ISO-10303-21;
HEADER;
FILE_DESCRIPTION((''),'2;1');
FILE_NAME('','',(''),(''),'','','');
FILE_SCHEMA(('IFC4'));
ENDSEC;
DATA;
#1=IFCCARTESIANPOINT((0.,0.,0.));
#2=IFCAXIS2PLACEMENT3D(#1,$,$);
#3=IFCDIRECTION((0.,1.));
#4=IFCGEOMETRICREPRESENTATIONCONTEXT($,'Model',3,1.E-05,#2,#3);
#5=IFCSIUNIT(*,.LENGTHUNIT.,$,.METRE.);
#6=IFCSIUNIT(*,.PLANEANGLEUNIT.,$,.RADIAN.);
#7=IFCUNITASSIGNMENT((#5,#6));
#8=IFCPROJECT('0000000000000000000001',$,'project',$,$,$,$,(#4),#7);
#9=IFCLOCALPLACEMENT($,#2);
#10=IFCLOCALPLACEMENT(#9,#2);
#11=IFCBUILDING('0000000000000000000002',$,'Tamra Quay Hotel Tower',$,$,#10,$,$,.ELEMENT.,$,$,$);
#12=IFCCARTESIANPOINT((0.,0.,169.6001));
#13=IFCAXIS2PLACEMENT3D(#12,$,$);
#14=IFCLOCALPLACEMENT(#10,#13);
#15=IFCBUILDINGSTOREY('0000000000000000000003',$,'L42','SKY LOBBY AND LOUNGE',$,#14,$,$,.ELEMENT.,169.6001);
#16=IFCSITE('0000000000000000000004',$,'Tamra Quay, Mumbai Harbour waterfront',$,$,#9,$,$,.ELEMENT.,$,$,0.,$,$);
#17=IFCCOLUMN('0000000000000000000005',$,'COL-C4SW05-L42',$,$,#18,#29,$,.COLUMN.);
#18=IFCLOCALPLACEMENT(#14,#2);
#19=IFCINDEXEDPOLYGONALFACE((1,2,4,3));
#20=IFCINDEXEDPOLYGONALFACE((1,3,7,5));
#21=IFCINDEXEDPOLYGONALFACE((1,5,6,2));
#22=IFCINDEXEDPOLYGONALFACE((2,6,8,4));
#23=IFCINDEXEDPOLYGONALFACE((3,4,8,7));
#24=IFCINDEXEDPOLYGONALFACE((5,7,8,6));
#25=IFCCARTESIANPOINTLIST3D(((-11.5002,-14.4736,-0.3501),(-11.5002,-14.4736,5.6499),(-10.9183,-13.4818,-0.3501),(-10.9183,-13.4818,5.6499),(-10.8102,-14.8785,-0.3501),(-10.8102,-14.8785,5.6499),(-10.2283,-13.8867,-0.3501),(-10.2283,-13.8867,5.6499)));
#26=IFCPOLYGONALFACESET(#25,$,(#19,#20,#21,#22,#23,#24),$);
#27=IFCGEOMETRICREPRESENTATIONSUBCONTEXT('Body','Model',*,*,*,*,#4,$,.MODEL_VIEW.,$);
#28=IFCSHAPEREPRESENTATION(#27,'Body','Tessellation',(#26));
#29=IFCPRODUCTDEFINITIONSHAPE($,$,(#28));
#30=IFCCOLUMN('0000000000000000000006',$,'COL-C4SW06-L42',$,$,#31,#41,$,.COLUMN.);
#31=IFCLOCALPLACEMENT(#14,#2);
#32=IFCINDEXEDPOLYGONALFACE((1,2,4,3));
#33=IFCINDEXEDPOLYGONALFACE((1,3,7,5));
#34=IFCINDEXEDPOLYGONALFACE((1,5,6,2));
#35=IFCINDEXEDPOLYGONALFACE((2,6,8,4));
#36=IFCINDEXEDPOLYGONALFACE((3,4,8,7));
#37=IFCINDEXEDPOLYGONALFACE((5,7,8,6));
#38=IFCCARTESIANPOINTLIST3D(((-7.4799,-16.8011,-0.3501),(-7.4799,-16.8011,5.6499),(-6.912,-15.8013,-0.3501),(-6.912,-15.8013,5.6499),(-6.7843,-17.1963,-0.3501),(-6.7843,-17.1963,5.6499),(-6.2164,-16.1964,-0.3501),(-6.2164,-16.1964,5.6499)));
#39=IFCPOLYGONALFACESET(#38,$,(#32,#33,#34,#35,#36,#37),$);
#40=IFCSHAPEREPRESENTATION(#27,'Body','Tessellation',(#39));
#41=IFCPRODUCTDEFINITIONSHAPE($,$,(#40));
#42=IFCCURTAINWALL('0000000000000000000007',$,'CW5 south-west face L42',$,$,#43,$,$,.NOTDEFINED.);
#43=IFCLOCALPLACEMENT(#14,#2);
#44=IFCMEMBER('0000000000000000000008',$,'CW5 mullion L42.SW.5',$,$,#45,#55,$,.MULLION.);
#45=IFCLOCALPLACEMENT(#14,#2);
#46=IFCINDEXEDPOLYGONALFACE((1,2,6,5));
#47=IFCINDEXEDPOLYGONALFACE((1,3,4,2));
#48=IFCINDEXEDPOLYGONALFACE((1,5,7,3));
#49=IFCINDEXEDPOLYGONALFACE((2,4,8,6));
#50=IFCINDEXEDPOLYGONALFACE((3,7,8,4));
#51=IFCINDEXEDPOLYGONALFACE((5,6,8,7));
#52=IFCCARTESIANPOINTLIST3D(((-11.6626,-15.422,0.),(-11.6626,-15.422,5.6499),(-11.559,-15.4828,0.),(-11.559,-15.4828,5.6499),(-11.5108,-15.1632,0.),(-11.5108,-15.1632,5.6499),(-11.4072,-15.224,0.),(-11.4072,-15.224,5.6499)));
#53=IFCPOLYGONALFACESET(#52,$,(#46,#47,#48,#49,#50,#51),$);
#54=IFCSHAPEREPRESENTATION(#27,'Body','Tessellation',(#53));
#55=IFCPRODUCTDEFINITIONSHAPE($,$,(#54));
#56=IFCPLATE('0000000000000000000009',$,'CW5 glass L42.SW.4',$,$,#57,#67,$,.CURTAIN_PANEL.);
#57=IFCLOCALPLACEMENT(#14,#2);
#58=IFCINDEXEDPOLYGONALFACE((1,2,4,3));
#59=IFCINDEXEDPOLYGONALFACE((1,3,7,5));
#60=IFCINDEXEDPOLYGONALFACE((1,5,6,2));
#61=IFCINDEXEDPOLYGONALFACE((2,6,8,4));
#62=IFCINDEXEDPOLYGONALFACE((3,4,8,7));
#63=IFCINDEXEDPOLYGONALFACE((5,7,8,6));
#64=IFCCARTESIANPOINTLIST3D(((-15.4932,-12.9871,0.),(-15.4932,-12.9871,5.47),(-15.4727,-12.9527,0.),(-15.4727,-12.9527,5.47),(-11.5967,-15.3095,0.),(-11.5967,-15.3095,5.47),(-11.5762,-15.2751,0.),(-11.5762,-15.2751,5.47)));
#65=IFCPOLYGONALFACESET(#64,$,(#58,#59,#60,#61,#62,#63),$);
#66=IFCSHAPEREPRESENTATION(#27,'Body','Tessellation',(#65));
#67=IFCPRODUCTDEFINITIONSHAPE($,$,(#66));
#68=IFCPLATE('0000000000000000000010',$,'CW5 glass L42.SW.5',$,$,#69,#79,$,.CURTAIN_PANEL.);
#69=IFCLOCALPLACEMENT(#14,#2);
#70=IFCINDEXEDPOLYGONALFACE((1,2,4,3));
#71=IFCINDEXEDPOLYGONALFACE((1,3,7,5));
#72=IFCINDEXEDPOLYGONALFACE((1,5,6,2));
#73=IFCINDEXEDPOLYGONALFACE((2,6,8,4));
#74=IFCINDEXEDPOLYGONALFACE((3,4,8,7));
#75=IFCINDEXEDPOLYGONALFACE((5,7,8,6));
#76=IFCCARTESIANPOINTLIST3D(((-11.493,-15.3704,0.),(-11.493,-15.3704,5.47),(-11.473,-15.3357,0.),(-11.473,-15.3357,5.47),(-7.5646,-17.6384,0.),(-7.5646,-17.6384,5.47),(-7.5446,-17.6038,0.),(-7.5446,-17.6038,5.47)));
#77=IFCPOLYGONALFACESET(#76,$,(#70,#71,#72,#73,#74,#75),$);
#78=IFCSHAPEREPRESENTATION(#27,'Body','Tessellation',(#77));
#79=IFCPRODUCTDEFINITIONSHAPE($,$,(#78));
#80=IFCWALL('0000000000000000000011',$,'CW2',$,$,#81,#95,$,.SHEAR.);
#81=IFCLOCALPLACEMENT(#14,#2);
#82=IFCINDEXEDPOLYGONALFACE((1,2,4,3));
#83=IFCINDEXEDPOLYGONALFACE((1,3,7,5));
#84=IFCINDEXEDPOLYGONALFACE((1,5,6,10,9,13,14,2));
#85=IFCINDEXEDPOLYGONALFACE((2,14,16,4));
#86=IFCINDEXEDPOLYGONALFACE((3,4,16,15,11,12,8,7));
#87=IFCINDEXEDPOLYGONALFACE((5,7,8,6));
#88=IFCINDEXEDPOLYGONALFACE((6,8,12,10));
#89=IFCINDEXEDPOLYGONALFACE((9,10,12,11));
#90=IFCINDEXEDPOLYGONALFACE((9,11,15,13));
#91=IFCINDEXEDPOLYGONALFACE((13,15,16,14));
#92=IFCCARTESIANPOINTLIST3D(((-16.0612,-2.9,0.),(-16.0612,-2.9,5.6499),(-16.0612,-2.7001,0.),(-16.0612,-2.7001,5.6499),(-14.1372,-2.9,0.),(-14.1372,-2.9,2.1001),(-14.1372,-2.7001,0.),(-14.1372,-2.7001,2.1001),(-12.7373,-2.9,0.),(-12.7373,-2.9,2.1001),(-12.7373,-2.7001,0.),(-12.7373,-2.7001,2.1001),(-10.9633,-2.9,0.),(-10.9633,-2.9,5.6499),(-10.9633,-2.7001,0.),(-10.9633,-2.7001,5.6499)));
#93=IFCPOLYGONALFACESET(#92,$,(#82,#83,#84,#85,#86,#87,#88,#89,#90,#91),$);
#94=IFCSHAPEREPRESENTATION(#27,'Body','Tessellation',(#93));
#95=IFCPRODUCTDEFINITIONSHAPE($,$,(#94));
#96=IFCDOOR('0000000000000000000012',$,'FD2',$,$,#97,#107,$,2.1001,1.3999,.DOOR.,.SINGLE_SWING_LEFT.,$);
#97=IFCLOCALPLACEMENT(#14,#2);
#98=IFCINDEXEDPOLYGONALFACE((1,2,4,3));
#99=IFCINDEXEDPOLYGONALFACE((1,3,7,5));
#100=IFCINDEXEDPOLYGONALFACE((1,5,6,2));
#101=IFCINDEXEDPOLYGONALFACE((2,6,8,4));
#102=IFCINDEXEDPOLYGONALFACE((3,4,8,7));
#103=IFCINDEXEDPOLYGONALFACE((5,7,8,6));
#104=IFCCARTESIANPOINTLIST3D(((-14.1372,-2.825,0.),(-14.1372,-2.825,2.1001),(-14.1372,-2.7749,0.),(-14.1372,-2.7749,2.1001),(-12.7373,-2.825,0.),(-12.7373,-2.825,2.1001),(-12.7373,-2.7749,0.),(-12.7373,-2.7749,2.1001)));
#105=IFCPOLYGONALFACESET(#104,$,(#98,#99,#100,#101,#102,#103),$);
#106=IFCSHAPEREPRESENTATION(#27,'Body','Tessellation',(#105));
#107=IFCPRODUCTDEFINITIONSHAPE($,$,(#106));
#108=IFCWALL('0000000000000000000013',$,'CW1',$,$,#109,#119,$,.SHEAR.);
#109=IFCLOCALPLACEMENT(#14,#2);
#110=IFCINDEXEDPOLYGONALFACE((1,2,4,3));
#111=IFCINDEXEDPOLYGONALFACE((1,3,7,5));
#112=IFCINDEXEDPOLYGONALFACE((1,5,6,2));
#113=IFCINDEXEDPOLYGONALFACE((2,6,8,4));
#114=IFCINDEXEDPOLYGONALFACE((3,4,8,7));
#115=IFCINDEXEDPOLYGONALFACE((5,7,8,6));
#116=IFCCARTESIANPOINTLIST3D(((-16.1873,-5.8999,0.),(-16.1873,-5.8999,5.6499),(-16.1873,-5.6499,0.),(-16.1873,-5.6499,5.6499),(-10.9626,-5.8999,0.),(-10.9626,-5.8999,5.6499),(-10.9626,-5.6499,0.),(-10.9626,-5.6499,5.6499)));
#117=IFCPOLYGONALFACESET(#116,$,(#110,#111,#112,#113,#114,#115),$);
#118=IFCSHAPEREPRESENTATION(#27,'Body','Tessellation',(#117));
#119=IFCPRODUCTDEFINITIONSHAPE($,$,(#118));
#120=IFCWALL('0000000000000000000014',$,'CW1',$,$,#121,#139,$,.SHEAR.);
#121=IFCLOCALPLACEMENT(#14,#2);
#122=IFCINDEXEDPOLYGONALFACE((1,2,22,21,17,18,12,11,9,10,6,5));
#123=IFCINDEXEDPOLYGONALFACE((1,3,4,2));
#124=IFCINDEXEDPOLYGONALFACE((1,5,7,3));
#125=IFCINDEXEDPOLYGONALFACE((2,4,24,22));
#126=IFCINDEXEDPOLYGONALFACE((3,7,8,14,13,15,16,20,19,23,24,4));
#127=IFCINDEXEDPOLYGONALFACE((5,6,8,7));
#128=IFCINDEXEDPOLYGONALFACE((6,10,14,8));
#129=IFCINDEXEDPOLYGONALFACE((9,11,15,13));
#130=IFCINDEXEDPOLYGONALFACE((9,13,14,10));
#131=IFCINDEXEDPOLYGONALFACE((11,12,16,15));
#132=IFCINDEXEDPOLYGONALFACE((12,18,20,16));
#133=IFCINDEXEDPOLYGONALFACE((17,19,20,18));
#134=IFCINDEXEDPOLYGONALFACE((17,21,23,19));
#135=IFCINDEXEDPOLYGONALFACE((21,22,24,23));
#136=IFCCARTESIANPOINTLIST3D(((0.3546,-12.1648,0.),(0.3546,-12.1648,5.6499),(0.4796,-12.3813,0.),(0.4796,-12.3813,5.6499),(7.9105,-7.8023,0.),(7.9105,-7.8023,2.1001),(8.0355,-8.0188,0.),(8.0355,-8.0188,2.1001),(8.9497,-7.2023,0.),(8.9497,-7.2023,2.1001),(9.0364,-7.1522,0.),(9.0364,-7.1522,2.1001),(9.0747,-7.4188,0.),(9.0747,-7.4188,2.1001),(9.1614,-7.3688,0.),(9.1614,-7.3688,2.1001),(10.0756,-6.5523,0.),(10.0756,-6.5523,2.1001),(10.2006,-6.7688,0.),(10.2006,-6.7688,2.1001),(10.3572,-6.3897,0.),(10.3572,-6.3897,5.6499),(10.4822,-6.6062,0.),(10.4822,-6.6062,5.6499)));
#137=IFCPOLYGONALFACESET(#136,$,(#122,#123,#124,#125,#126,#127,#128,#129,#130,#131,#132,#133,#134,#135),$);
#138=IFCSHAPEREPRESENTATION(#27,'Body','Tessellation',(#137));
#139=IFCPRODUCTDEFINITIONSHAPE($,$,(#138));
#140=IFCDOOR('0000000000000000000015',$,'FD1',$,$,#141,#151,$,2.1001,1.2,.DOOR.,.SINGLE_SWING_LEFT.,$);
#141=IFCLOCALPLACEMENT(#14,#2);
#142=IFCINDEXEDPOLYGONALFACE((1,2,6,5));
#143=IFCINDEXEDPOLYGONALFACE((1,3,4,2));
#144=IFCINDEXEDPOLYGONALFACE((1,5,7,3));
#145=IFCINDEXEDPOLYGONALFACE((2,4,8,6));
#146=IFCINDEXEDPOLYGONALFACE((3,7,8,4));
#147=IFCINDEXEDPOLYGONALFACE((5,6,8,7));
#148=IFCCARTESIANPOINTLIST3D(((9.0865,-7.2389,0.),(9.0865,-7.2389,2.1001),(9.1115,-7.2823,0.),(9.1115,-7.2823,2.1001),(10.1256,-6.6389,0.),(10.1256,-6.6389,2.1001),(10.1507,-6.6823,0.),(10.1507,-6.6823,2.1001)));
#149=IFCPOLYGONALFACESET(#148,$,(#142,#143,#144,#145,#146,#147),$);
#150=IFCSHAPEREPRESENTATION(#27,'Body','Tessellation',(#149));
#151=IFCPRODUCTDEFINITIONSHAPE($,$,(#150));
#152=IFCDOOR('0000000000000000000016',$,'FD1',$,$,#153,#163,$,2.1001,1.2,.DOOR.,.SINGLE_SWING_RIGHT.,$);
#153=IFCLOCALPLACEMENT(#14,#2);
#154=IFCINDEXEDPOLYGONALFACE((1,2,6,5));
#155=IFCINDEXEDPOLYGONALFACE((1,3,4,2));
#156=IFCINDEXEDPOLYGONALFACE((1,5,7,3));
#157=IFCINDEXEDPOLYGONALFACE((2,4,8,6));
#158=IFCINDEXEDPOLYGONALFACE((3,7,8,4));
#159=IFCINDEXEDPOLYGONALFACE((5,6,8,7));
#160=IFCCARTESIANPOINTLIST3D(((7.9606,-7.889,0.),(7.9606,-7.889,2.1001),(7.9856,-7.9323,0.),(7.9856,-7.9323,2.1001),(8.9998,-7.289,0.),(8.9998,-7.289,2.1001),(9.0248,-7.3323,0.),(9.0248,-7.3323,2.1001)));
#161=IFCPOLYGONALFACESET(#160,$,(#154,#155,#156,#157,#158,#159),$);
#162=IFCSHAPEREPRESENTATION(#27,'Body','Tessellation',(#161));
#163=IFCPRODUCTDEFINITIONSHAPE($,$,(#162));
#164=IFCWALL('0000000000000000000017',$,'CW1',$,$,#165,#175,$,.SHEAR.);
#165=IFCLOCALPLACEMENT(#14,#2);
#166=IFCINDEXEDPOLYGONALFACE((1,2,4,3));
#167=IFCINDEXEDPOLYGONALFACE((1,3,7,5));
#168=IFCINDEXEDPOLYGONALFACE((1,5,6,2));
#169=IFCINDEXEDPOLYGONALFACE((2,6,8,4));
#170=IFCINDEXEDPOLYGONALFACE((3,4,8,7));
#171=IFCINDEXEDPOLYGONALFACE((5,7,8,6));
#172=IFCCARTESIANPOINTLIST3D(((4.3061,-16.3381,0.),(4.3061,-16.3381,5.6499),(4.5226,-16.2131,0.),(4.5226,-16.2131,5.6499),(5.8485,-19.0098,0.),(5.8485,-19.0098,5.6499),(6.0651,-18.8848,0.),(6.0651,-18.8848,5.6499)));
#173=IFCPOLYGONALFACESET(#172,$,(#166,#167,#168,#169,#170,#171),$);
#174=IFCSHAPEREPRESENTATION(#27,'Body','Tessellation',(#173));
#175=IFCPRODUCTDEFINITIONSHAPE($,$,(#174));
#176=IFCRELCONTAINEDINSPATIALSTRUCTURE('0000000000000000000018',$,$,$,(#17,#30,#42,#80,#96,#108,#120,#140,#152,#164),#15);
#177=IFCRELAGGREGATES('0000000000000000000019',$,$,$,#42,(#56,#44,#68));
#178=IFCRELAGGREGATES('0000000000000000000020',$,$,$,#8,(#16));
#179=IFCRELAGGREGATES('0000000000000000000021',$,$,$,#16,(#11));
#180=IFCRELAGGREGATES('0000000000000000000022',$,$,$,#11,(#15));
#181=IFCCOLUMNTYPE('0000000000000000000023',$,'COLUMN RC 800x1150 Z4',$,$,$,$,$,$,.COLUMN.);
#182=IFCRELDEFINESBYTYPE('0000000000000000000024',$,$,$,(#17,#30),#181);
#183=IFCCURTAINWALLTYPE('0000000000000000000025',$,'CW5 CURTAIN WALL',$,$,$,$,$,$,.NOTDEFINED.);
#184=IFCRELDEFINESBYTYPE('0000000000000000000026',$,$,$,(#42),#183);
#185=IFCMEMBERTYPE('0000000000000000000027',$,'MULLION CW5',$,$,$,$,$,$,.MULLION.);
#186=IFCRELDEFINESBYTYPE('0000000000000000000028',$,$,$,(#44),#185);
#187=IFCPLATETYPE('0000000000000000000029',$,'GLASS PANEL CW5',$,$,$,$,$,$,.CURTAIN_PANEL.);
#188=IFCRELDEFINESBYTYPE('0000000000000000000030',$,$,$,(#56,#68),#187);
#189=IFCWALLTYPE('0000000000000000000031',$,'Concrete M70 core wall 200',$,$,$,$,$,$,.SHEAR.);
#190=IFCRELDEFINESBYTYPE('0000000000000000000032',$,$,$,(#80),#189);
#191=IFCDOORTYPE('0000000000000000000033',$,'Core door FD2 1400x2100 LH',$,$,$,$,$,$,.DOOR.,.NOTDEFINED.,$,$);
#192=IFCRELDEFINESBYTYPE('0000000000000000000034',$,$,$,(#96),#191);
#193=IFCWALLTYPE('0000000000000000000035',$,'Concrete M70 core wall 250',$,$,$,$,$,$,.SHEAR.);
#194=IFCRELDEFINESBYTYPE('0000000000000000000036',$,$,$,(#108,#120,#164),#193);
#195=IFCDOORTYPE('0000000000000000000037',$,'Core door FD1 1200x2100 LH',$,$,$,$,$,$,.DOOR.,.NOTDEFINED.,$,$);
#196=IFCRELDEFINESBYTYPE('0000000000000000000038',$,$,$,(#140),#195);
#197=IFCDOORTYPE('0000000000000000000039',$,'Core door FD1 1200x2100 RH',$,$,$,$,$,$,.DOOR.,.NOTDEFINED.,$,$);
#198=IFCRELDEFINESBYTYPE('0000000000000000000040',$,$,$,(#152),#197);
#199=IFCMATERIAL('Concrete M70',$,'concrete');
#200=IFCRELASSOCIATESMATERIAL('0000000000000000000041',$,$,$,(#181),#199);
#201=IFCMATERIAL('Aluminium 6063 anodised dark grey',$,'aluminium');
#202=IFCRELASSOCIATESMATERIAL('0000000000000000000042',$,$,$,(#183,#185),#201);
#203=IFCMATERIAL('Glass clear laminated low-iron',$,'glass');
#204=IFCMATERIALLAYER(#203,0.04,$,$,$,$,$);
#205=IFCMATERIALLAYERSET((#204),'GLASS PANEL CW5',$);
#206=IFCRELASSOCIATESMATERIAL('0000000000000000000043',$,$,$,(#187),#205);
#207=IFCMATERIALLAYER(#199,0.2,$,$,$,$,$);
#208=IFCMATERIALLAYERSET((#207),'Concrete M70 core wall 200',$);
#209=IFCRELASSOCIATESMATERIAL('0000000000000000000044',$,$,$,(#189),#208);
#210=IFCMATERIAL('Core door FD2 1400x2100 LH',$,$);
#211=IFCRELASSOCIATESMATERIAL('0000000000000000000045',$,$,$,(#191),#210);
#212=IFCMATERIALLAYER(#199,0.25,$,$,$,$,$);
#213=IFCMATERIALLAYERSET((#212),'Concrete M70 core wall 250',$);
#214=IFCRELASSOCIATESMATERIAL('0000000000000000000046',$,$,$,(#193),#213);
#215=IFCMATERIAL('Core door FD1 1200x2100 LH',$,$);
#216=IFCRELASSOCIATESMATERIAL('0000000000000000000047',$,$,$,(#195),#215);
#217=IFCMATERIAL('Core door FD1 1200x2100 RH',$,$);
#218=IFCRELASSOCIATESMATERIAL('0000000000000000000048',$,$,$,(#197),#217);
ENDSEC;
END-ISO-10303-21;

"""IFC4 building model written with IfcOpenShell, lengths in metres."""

from ifc_helpers import new_model, si_unit, direction, frame, frame_2d, origin, origin_2d, place, context, subcontext, project, spatial, rectangle, extrude, material, layer, layer_set, material_profile, profile_set, type_object, element, fill, aggregate, save


model = new_model("IFC4")

# Units and contexts
model_context = context("Model", 3, precision=1e-05, world=origin(), true_north=direction((0.0, 1.0)))
body_context = subcontext(model_context, "Body", "Model", "MODEL_VIEW")
ifc_project = project(units=[si_unit("LENGTHUNIT", "METRE"), si_unit("PLANEANGLEUNIT", "RADIAN")], contexts=[model_context])

# Site, building, storey
site_placement = place(None, origin())
site = spatial("IfcSite", under=ifc_project, at=site_placement, Name="Tamra Quay, Mumbai Harbour waterfront", CompositionType="ELEMENT", RefElevation=0.0)
building_placement = place(site_placement, origin())
building = spatial("IfcBuilding", under=site, at=building_placement, Name="Tamra Quay Hotel Tower", CompositionType="ELEMENT")
storey_placement = place(building_placement, frame((0.0, 0.0, 169.6001)))
storey = spatial("IfcBuildingStorey", under=building, at=storey_placement, Name="L42", Description="SKY LOBBY AND LOUNGE", CompositionType="ELEMENT", Elevation=169.6001)

# Columns
ifc_material_1 = material(Name="Concrete M70", Category="concrete")
ifc_material_profile_1 = material_profile(ifc_material_1, rectangle(XDim=1.1499, YDim=0.8, at=origin_2d()), Name="COLUMN RC 800x1150 Z4")
ifc_profile_set_1 = profile_set([ifc_material_profile_1], Name="Concrete M70")
column_type = type_object("IfcColumnType", Name="COLUMN RC 800x1150 Z4", PredefinedType="COLUMN", material=ifc_profile_set_1)
for number, where, z_axis, x_axis, name in (
    (1, (-10.8643, -14.1802, -0.3501), (0.0, 0.0, 1.0), (0.506085, 0.862484, 0.0), "COL-C4SW05-L42"),
    (2, (-6.8481, -16.4988, -0.3501), (0.0, 0.0, 1.0), (0.49389, 0.869524, 0.0), "COL-C4SW06-L42"),
):
    element("IfcColumn", number, at=place(storey_placement, frame(where, z_axis=z_axis, x_axis=x_axis)), inside=storey, type_object=column_type, Name=name, PredefinedType="COLUMN", context=body_context, shape_type="SweptSolid", body=[
        extrude(rectangle(XDim=1.1499, YDim=0.8, at=origin_2d()), origin(), (0.0, 0.0, 1.0), 6.0),
    ])

# Curtain wall, member
ifc_material_2 = material(Name="Aluminium 6063 anodised dark grey", Category="aluminium")
curtain_wall_type = type_object("IfcCurtainWallType", Name="CW5 CURTAIN WALL", PredefinedType="NOTDEFINED", material=ifc_material_2)
curtain_wall_placement = place(storey_placement, origin())
curtain_wall = element("IfcCurtainWall", 3, at=curtain_wall_placement, inside=storey, type_object=curtain_wall_type, Name="CW5 south-west face L42", PredefinedType="NOTDEFINED")
ifc_material_profile_2 = material_profile(ifc_material_2, rectangle(XDim=0.3, YDim=0.1201, at=origin_2d()), Name="MULLION 120X300")
ifc_profile_set_2 = profile_set([ifc_material_profile_2], Name="Aluminium 6063 anodised dark grey")
member_type = type_object("IfcMemberType", Name="MULLION CW5", PredefinedType="MULLION", material=ifc_profile_set_2)
member_placement = place(storey_placement, frame((-11.5349, -15.323, 0.0), z_axis=(0.0, 0.0, 1.0), x_axis=(-0.506001, -0.862533, 0.0)))
member = element("IfcMember", 4, at=member_placement, type_object=member_type, Name="CW5 mullion L42.SW.5", PredefinedType="MULLION", context=body_context, shape_type="SweptSolid", body=[
    extrude(rectangle(XDim=0.3, YDim=0.1201, at=origin_2d()), origin(), (0.0, 0.0, 1.0), 5.6499),
])

# Plates
ifc_material_3 = material(Name="Glass clear laminated low-iron", Category="glass")
ifc_layer_1 = layer(ifc_material_3, 0.04)
ifc_layer_set_1 = layer_set([ifc_layer_1], Name="GLASS PANEL CW5")
plate_type = type_object("IfcPlateType", Name="GLASS PANEL CW5", PredefinedType="CURTAIN_PANEL", material=ifc_layer_set_1)
plate_1_placement = place(storey_placement, frame((-13.5347, -14.1311, 0.0), z_axis=(0.0, 0.0, 1.0), x_axis=(0.858999, -0.511977, 0.0)))
plate_1 = element("IfcPlate", 5, at=plate_1_placement, type_object=plate_type, Name="CW5 glass L42.SW.4", PredefinedType="CURTAIN_PANEL", context=body_context, shape_type="SweptSolid", body=[
    extrude(rectangle(XDim=4.5361, YDim=0.04, at=origin_2d()), origin(), (0.0, 0.0, 1.0), 5.47),
])
plate_2_placement = place(storey_placement, frame((-9.5188, -16.4871, 0.0), z_axis=(0.0, 0.0, 1.0), x_axis=(0.866025, -0.5, 0.0)))
plate_2 = element("IfcPlate", 6, at=plate_2_placement, type_object=plate_type, Name="CW5 glass L42.SW.5", PredefinedType="CURTAIN_PANEL", context=body_context, shape_type="SweptSolid", body=[
    extrude(rectangle(XDim=4.5361, YDim=0.04, at=origin_2d()), origin(), (0.0, 0.0, 1.0), 5.47),
])
aggregate(curtain_wall, [plate_1, member, plate_2])

# Wall, opening, door
ifc_layer_2 = layer(ifc_material_1, 0.2)
ifc_layer_set_2 = layer_set([ifc_layer_2], Name="Concrete M70 core wall 200")
wall_type_1 = type_object("IfcWallType", Name="Concrete M70 core wall 200", PredefinedType="SHEAR", material=ifc_layer_set_2)
wall_1_placement = place(storey_placement, frame((-10.9634, -2.8, 0.0), z_axis=(0.0, 0.0, 1.0), x_axis=(-1.0, 0.0, 0.0)))
wall_1 = element("IfcWall", 7, at=wall_1_placement, inside=storey, type_object=wall_type_1, Name="CW2", PredefinedType="SHEAR", context=body_context, shape_type="SweptSolid", body=[
    extrude(rectangle(XDim=5.0979, YDim=0.2, at=frame_2d((2.5488, 0.0))), origin(), (0.0, 0.0, 1.0), 5.6499),
])
opening_1_placement = place(wall_1_placement, frame((1.7739, 0.0, 0.0)))
opening_1 = element("IfcOpeningElement", 8, at=opening_1_placement, cuts=wall_1, PredefinedType="OPENING", context=body_context, shape_type="SweptSolid", body=[
    extrude(rectangle(XDim=1.3999, YDim=2.1001, at=frame_2d((0.7, 1.05))), frame((0.0, 0.1099, 0.0), z_axis=(0.0, -1.0, 0.0), x_axis=(1.0, 0.0, 0.0)), (0.0, 0.0, 1.0), 0.22),
])
ifc_material_4 = material(Name="Core door FD2 1400x2100 LH")
door_type_1 = type_object("IfcDoorType", Name="Core door FD2 1400x2100 LH", OperationType="NOTDEFINED", PredefinedType="DOOR", material=ifc_material_4)
door_1_placement = place(opening_1_placement, origin())
door_1 = element("IfcDoor", 9, at=door_1_placement, inside=storey, type_object=door_type_1, Name="FD2", OperationType="SINGLE_SWING_LEFT", OverallHeight=2.1001, OverallWidth=1.3999, PredefinedType="DOOR", context=body_context, shape_type="SweptSolid", body=[
    extrude(rectangle(XDim=1.3999, YDim=2.1001, at=frame_2d((0.7, 1.05))), frame((0.0, 0.0249, 0.0), z_axis=(0.0, -1.0, 0.0), x_axis=(1.0, 0.0, 0.0)), (0.0, 0.0, 1.0), 0.05),
])
fill(opening_1, door_1)

# Wall
ifc_layer_3 = layer(ifc_material_1, 0.25)
ifc_layer_set_3 = layer_set([ifc_layer_3], Name="Concrete M70 core wall 250")
wall_type_2 = type_object("IfcWallType", Name="Concrete M70 core wall 250", PredefinedType="SHEAR", material=ifc_layer_set_3)
wall_2_placement = place(storey_placement, frame((-10.9626, -5.7749, 0.0), z_axis=(0.0, 0.0, 1.0), x_axis=(-1.0, 0.0, 0.0)))
element("IfcWall", 10, at=wall_2_placement, inside=storey, type_object=wall_type_2, Name="CW1", PredefinedType="SHEAR", context=body_context, shape_type="SweptSolid", body=[
    extrude(rectangle(XDim=5.2246, YDim=0.25, at=frame_2d((2.6123, 0.0))), origin(), (0.0, 0.0, 1.0), 5.6499),
])

# Wall, openings, doors
wall_3_placement = place(storey_placement, frame((0.4172, -12.2729, 0.0), z_axis=(0.0, 0.0, 1.0), x_axis=(0.866022, 0.500006, 0.0)))
wall_3 = element("IfcWall", 11, at=wall_3_placement, inside=storey, type_object=wall_type_2, Name="CW1", PredefinedType="SHEAR", context=body_context, shape_type="SweptSolid", body=[
    extrude(rectangle(XDim=11.55, YDim=0.25, at=frame_2d((5.7749, 0.0))), origin(), (0.0, 0.0, 1.0), 5.6499),
])
opening_2_placement = place(wall_3_placement, frame((10.0247, 0.0, 0.0)))
opening_2 = element("IfcOpeningElement", 12, at=opening_2_placement, cuts=wall_3, PredefinedType="OPENING", context=body_context, shape_type="SweptSolid", body=[
    extrude(rectangle(XDim=1.2, YDim=2.1001, at=frame_2d((0.6001, 1.05))), frame((0.0, 0.135, 0.0), z_axis=(0.0, -1.0, 0.0), x_axis=(1.0, 0.0, 0.0)), (0.0, 0.0, 1.0), 0.27),
])
opening_3_placement = place(wall_3_placement, frame((8.7246, 0.0, 0.0)))
opening_3 = element("IfcOpeningElement", 13, at=opening_3_placement, cuts=wall_3, PredefinedType="OPENING", context=body_context, shape_type="SweptSolid", body=[
    extrude(rectangle(XDim=1.2, YDim=2.1001, at=frame_2d((0.6001, 1.05))), frame((0.0, 0.135, 0.0), z_axis=(0.0, -1.0, 0.0), x_axis=(1.0, 0.0, 0.0)), (0.0, 0.0, 1.0), 0.27),
])
ifc_material_5 = material(Name="Core door FD1 1200x2100 LH")
door_type_2 = type_object("IfcDoorType", Name="Core door FD1 1200x2100 LH", OperationType="NOTDEFINED", PredefinedType="DOOR", material=ifc_material_5)
door_2_placement = place(opening_2_placement, origin())
door_2 = element("IfcDoor", 14, at=door_2_placement, inside=storey, type_object=door_type_2, Name="FD1", OperationType="SINGLE_SWING_LEFT", OverallHeight=2.1001, OverallWidth=1.2, PredefinedType="DOOR", context=body_context, shape_type="SweptSolid", body=[
    extrude(rectangle(XDim=1.2, YDim=2.1001, at=frame_2d((0.6001, 1.05))), frame((0.0, 0.0249, 0.0), z_axis=(0.0, -1.0, 0.0), x_axis=(1.0, 0.0, 0.0)), (0.0, 0.0, 1.0), 0.05),
])
fill(opening_2, door_2)
ifc_material_6 = material(Name="Core door FD1 1200x2100 RH")
door_type_3 = type_object("IfcDoorType", Name="Core door FD1 1200x2100 RH", OperationType="NOTDEFINED", PredefinedType="DOOR", material=ifc_material_6)
door_3_placement = place(opening_3_placement, origin())
door_3 = element("IfcDoor", 15, at=door_3_placement, inside=storey, type_object=door_type_3, Name="FD1", OperationType="SINGLE_SWING_RIGHT", OverallHeight=2.1001, OverallWidth=1.2, PredefinedType="DOOR", context=body_context, shape_type="SweptSolid", body=[
    extrude(rectangle(XDim=1.2, YDim=2.1001, at=frame_2d((0.6001, 1.05))), frame((0.0, 0.0249, 0.0), z_axis=(0.0, -1.0, 0.0), x_axis=(1.0, 0.0, 0.0)), (0.0, 0.0, 1.0), 0.05),
])
fill(opening_3, door_3)

# Wall
wall_4_placement = place(storey_placement, frame((4.4143, -16.2756, 0.0), z_axis=(0.0, 0.0, 1.0), x_axis=(0.500003, -0.866023, 0.0)))
element("IfcWall", 16, at=wall_4_placement, inside=storey, type_object=wall_type_2, Name="CW1", PredefinedType="SHEAR", context=body_context, shape_type="SweptSolid", body=[
    extrude(rectangle(XDim=3.085, YDim=0.25, at=frame_2d((1.5425, 0.0))), origin(), (0.0, 0.0, 1.0), 5.6499),
])

save(model, "model.ifc")
